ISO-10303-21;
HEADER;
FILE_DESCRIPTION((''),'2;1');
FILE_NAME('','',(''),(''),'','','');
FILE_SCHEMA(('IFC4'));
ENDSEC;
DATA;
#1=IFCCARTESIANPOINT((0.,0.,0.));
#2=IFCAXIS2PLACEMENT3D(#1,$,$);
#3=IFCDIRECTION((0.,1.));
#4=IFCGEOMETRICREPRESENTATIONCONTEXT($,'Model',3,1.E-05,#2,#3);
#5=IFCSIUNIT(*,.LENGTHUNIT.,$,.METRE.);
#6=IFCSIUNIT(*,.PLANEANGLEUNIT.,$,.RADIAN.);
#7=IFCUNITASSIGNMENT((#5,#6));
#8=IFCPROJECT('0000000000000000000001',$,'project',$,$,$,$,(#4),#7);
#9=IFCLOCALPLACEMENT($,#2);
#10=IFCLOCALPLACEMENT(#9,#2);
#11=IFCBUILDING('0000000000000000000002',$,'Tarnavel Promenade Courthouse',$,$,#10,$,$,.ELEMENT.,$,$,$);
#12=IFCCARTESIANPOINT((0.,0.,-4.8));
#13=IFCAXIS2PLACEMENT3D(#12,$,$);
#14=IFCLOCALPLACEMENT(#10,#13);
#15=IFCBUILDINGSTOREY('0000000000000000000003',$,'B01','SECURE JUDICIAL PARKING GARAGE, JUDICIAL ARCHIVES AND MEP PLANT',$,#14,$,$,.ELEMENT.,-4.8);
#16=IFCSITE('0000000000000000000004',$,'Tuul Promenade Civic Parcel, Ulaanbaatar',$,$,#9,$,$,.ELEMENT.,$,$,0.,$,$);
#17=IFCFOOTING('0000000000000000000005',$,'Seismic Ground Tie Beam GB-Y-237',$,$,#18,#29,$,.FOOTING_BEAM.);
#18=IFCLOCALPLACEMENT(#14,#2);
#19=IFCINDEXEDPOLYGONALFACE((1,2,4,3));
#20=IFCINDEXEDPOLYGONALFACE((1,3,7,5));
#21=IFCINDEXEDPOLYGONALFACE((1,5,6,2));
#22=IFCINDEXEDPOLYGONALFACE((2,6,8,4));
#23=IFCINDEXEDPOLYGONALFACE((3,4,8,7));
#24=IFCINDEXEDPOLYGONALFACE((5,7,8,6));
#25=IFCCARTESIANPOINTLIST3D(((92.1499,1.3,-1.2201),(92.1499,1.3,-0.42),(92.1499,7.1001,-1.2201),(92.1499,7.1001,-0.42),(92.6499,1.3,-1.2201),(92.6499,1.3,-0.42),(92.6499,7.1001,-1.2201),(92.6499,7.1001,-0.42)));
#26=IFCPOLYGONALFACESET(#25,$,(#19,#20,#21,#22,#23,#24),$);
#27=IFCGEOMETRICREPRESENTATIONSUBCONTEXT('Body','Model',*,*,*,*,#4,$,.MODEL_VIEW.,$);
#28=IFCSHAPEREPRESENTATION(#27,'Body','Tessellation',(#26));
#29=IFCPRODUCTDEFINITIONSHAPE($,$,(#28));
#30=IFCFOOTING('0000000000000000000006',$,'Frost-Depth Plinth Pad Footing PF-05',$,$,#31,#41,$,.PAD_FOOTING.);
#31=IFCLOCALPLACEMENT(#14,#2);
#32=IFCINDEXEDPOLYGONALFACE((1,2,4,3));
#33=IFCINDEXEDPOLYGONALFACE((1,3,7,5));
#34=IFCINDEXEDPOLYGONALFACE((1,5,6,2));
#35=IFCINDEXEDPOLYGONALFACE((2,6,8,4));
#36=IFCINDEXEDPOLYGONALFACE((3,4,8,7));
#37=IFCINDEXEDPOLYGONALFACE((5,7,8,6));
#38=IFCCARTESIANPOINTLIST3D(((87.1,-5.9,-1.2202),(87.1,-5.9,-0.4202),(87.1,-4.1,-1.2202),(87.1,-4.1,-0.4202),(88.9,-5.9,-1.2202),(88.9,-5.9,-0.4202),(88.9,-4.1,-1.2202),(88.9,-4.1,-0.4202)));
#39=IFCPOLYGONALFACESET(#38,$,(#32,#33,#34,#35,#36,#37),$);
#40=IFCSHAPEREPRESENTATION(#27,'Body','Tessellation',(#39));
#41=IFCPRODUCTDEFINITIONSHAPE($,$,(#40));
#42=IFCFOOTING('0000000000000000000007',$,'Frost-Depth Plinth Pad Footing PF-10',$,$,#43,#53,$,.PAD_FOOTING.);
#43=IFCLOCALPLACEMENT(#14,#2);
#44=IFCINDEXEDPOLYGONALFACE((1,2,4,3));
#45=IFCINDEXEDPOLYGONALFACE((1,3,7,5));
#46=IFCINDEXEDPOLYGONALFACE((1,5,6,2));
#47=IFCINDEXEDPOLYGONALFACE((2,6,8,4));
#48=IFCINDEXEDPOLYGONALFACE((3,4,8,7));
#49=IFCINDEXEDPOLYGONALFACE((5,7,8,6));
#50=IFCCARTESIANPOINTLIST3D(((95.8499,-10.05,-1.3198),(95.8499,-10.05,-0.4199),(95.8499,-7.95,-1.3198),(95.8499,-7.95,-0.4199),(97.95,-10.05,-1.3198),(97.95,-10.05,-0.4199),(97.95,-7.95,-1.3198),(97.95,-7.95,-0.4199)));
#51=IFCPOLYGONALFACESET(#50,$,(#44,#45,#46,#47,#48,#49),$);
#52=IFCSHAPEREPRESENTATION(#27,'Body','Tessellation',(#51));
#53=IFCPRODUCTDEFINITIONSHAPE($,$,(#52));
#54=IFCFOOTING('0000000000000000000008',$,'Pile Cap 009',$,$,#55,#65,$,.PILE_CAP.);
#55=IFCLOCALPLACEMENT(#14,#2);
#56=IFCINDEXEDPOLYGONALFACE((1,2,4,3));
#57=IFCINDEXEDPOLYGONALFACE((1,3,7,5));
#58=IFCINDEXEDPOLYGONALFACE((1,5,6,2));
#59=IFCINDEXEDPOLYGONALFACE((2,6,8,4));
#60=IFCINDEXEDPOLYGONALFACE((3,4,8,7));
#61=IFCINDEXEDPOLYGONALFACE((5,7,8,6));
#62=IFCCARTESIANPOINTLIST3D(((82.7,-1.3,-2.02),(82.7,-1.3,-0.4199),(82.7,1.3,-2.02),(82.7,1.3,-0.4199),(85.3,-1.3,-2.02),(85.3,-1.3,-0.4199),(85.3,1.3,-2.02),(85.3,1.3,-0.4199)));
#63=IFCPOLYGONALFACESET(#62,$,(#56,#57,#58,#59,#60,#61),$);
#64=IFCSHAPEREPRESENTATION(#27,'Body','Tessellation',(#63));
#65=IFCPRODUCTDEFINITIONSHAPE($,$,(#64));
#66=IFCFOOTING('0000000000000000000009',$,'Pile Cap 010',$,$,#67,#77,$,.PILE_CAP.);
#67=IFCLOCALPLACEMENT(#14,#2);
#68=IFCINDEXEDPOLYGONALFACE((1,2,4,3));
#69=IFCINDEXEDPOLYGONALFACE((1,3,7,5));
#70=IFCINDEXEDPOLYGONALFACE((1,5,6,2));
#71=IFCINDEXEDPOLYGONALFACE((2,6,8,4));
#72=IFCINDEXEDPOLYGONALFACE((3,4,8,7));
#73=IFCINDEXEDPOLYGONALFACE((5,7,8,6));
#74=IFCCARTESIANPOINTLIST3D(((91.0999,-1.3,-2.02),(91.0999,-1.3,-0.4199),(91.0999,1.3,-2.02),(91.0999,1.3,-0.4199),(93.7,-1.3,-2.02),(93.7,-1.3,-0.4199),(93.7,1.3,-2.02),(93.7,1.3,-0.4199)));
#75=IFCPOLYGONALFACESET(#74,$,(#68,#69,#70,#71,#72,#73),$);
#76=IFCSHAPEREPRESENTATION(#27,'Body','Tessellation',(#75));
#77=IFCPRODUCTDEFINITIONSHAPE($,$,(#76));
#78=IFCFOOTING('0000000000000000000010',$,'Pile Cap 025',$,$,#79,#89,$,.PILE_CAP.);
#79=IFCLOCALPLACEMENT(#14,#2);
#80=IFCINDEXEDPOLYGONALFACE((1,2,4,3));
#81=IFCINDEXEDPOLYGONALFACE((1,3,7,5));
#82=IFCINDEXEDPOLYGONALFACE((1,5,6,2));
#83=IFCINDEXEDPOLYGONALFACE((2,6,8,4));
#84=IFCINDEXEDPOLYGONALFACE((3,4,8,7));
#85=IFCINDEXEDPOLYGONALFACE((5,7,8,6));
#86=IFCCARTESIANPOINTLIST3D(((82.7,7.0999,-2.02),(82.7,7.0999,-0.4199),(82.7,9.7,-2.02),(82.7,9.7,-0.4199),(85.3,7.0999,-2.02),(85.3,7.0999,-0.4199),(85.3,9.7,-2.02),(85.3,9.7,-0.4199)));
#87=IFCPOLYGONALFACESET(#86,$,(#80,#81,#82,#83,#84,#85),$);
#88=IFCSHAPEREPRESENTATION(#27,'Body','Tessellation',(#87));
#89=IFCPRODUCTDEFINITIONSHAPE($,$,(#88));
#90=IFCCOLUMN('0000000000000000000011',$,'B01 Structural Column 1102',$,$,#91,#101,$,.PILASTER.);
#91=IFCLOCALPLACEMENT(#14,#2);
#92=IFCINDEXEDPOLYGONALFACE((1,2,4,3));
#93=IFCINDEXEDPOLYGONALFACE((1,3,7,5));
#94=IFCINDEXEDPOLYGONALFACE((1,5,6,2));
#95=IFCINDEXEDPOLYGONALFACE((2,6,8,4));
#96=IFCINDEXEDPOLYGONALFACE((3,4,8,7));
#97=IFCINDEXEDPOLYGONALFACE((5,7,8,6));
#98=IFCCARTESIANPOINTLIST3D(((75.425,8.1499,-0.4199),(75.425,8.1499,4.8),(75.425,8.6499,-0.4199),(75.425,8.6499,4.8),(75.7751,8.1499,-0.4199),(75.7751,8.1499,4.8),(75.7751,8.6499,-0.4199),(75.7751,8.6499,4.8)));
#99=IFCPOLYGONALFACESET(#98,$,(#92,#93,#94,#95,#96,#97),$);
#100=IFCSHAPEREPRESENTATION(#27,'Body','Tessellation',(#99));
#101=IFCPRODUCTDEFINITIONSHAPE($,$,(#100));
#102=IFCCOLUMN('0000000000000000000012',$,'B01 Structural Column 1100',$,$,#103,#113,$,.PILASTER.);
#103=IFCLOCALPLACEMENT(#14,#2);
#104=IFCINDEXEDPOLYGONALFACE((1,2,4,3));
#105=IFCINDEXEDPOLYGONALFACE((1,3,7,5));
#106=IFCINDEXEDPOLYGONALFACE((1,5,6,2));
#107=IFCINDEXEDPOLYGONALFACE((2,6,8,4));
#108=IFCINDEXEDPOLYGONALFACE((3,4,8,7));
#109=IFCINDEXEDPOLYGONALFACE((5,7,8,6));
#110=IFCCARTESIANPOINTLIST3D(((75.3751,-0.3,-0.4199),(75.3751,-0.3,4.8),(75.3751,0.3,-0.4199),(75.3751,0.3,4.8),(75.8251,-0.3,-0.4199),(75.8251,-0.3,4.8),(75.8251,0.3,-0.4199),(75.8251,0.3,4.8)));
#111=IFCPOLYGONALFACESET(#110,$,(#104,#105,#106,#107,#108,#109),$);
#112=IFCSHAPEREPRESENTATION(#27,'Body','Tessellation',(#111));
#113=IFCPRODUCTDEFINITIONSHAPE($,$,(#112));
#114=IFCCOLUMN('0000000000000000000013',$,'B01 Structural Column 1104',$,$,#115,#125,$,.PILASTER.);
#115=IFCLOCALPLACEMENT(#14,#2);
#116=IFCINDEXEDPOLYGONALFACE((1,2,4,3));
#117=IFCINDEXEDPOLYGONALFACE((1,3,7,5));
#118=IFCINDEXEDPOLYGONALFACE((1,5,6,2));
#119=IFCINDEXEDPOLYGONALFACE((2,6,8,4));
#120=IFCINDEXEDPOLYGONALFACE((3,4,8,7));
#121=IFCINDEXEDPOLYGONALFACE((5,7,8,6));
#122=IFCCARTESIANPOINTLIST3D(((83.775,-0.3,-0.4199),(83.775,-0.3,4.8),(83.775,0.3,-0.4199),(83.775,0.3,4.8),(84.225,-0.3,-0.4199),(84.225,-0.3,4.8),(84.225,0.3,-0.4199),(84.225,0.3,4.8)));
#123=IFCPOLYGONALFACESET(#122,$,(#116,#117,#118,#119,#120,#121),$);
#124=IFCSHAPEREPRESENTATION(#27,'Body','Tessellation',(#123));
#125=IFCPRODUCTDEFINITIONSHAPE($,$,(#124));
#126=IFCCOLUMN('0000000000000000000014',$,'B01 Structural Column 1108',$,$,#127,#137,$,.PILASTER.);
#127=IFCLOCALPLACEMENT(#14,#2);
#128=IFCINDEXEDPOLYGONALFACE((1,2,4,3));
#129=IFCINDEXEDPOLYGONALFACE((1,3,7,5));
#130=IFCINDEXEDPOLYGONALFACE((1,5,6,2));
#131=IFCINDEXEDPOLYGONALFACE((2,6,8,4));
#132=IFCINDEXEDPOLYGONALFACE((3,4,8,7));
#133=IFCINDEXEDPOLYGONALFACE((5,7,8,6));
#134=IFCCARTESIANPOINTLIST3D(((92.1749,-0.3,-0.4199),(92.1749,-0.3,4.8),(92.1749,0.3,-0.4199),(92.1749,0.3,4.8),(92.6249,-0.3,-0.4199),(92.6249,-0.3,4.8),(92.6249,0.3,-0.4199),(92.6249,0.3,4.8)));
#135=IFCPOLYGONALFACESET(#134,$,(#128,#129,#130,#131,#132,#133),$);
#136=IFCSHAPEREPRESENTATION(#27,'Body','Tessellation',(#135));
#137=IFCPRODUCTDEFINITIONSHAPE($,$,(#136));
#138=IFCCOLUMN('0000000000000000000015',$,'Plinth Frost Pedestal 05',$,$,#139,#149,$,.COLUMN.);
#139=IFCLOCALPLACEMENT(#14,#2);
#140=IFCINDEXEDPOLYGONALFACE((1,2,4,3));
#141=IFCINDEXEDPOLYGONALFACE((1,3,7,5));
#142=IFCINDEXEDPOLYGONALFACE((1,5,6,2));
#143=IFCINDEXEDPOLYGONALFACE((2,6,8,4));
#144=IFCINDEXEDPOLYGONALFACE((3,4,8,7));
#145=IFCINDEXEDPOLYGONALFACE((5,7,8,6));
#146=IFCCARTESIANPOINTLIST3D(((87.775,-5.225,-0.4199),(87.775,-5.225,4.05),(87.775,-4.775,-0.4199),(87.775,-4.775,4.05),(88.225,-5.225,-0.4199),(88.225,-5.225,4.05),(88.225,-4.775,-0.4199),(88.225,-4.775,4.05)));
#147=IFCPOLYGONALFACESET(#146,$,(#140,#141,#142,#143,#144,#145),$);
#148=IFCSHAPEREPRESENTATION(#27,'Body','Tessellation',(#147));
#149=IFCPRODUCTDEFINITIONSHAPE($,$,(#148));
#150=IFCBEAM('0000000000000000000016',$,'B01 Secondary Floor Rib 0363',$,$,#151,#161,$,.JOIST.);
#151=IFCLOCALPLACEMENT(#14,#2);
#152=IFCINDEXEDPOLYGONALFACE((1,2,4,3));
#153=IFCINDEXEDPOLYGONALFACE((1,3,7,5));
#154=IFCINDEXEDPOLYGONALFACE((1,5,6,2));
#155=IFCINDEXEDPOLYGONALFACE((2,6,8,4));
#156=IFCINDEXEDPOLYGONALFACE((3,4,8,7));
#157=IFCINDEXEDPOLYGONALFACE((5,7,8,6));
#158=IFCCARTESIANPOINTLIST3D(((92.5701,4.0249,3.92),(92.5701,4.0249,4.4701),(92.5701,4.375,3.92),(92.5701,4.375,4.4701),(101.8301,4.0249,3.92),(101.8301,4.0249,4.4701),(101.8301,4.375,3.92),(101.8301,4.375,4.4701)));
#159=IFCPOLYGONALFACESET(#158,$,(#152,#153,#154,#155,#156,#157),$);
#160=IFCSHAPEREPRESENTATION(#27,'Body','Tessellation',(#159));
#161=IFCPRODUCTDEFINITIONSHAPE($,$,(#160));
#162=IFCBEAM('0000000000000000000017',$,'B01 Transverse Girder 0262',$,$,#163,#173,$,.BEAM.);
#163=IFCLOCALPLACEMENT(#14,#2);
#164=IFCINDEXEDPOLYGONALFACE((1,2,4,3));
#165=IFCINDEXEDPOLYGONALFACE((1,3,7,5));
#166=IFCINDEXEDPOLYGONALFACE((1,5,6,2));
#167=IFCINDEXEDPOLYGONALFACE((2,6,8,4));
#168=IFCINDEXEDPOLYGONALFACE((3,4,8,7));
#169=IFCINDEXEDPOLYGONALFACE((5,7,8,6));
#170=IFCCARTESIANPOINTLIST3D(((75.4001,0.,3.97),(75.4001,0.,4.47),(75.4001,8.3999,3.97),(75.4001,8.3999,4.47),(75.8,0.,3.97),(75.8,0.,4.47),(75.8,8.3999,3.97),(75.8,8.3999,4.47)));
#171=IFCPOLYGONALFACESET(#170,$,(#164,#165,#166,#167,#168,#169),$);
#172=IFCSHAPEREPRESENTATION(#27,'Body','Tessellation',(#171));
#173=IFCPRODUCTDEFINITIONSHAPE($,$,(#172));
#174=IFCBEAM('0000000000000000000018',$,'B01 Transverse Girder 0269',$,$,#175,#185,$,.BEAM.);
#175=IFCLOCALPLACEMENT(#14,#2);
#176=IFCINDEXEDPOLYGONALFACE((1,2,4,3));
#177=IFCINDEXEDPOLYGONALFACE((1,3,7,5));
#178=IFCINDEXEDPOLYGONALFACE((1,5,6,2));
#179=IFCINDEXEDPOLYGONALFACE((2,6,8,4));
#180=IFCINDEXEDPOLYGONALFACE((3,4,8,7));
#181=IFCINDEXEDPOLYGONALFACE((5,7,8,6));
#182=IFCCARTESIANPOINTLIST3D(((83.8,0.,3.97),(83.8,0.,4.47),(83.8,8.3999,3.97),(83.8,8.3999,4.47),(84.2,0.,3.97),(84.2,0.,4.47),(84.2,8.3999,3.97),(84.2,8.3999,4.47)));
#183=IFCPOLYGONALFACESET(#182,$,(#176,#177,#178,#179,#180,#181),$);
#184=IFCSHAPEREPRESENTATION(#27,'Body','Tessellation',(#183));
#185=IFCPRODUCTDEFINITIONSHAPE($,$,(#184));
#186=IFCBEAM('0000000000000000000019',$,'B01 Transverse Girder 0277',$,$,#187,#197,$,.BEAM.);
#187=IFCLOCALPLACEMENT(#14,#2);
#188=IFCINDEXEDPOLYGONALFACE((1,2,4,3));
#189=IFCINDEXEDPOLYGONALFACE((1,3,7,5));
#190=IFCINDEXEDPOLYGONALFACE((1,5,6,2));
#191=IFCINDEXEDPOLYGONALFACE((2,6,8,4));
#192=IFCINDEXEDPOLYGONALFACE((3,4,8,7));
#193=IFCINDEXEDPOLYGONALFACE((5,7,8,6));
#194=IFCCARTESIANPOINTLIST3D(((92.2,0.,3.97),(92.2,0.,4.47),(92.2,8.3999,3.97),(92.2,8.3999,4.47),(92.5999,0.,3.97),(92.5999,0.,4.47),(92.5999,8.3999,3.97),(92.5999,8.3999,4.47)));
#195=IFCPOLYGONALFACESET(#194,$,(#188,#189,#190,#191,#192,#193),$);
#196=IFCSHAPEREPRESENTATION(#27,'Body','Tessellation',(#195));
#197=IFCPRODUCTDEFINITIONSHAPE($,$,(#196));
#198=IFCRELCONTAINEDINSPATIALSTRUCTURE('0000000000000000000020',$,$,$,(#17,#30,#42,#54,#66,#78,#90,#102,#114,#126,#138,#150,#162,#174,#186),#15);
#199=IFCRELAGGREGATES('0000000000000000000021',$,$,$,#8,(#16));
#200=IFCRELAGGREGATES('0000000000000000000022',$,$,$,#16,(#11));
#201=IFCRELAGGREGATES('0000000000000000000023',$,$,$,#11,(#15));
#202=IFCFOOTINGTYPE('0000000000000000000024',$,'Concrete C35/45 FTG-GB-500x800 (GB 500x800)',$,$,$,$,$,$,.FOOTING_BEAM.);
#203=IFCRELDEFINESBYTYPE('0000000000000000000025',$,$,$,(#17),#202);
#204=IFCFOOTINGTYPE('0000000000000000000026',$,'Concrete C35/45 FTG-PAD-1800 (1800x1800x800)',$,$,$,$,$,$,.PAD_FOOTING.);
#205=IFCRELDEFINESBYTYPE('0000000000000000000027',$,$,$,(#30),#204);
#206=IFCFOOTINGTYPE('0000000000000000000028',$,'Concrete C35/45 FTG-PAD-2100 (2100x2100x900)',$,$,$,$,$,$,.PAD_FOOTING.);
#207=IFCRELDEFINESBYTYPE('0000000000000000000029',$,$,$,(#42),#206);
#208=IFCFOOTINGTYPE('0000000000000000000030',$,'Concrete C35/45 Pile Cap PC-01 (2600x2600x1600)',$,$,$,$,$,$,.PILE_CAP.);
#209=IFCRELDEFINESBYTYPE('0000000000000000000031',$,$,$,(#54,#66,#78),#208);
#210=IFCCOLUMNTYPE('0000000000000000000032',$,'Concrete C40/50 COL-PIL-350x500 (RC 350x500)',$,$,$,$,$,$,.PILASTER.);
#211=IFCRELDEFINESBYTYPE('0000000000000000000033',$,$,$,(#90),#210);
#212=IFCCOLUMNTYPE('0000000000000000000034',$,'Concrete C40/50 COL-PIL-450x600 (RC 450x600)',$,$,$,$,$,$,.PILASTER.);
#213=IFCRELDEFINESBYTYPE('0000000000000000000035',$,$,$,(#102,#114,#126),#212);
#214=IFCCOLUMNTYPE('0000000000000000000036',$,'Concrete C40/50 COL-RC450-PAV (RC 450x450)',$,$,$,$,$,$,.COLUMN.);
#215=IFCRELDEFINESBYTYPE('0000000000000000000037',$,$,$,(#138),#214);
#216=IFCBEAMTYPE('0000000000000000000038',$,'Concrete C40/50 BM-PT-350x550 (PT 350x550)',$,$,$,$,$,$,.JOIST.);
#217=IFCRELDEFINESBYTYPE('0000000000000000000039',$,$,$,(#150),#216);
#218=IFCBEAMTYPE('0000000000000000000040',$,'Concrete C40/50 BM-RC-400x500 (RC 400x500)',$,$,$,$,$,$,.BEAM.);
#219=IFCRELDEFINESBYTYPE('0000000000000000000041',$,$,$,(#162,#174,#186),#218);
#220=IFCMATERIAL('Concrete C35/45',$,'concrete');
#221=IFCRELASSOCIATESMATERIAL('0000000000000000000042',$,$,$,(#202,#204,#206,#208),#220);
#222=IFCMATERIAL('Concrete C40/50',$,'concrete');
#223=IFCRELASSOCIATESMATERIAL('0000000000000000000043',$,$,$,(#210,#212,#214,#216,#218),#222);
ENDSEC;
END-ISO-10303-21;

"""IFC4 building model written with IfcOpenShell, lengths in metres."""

from ifc_helpers import new_model, si_unit, direction, frame, origin, origin_2d, place, context, subcontext, project, spatial, rectangle, extrude, material, material_profile, profile_set, type_object, element, save


model = new_model("IFC4")

# Units and contexts
model_context = context("Model", 3, precision=1e-05, world=origin(), true_north=direction((0.0, 1.0)))
body_context = subcontext(model_context, "Body", "Model", "MODEL_VIEW")
ifc_project = project(units=[si_unit("LENGTHUNIT", "METRE"), si_unit("PLANEANGLEUNIT", "RADIAN")], contexts=[model_context])

# Site, building, storey
site_placement = place(None, origin())
site = spatial("IfcSite", under=ifc_project, at=site_placement, Name="Tuul Promenade Civic Parcel, Ulaanbaatar", CompositionType="ELEMENT", RefElevation=0.0)
building_placement = place(site_placement, origin())
building = spatial("IfcBuilding", under=site, at=building_placement, Name="Tarnavel Promenade Courthouse", CompositionType="ELEMENT")
storey_placement = place(building_placement, frame((0.0, 0.0, -4.8)))
storey = spatial("IfcBuildingStorey", under=building, at=storey_placement, Name="B01", Description="SECURE JUDICIAL PARKING GARAGE, JUDICIAL ARCHIVES AND MEP PLANT", CompositionType="ELEMENT", Elevation=-4.8)

# Footings
ifc_material_1 = material(Name="Concrete C35/45", Category="concrete")
ifc_material_profile_1 = material_profile(ifc_material_1, rectangle(XDim=0.5, YDim=0.8, at=origin_2d()), Name="GB 500x800")
ifc_profile_set_1 = profile_set([ifc_material_profile_1], Name="Concrete C35/45")
footing_type_1 = type_object("IfcFootingType", Name="Concrete C35/45 FTG-GB-500x800 (GB 500x800)", PredefinedType="FOOTING_BEAM", material=ifc_profile_set_1)
for number, where, z_axis, x_axis, name in (
    (1, (92.3999, 1.3, -0.8201), (0.0, 1.0, 0.0), (-1.0, 0.0, 0.0), "Seismic Ground Tie Beam GB-Y-237"),
):
    element("IfcFooting", number, at=place(storey_placement, frame(where, z_axis=z_axis, x_axis=x_axis)), inside=storey, type_object=footing_type_1, Name=name, PredefinedType="FOOTING_BEAM", context=body_context, shape_type="SweptSolid", body=[
        extrude(rectangle(XDim=0.5, YDim=0.8, at=origin_2d()), origin(), (0.0, 0.0, 1.0), 5.8),
    ])
footing_type_2 = type_object("IfcFootingType", Name="Concrete C35/45 FTG-PAD-1800 (1800x1800x800)", PredefinedType="PAD_FOOTING", material=ifc_material_1)
footing_1_placement = place(storey_placement, frame((88.0, -5.0, -1.2202), z_axis=(0.0, 0.0, 1.0), x_axis=(1.0, 0.0, 0.0)))
element("IfcFooting", 2, at=footing_1_placement, inside=storey, type_object=footing_type_2, Name="Frost-Depth Plinth Pad Footing PF-05", PredefinedType="PAD_FOOTING", context=body_context, shape_type="SweptSolid", body=[
    extrude(rectangle(XDim=1.8, YDim=1.8, at=origin_2d()), origin(), (0.0, 0.0, 1.0), 0.8),
])
footing_type_3 = type_object("IfcFootingType", Name="Concrete C35/45 FTG-PAD-2100 (2100x2100x900)", PredefinedType="PAD_FOOTING", material=ifc_material_1)
footing_2_placement = place(storey_placement, frame((96.8999, -9.0, -1.3198), z_axis=(0.0, 0.0, 1.0), x_axis=(1.0, 0.0, 0.0)))
element("IfcFooting", 3, at=footing_2_placement, inside=storey, type_object=footing_type_3, Name="Frost-Depth Plinth Pad Footing PF-10", PredefinedType="PAD_FOOTING", context=body_context, shape_type="SweptSolid", body=[
    extrude(rectangle(XDim=2.1001, YDim=2.1001, at=origin_2d()), origin(), (0.0, 0.0, 1.0), 0.8999),
])
footing_type_4 = type_object("IfcFootingType", Name="Concrete C35/45 Pile Cap PC-01 (2600x2600x1600)", PredefinedType="PILE_CAP", material=ifc_material_1)
for number, where, z_axis, x_axis, name in (
    (4, (84.0, 0.0, -2.02), (0.0, 0.0, 1.0), (1.0, 0.0, 0.0), "Pile Cap 009"),
    (5, (92.3999, 0.0, -2.02), (0.0, 0.0, 1.0), (1.0, 0.0, 0.0), "Pile Cap 010"),
    (6, (84.0, 8.3999, -2.02), (0.0, 0.0, 1.0), (1.0, 0.0, 0.0), "Pile Cap 025"),
):
    element("IfcFooting", number, at=place(storey_placement, frame(where, z_axis=z_axis, x_axis=x_axis)), inside=storey, type_object=footing_type_4, Name=name, PredefinedType="PILE_CAP", context=body_context, shape_type="SweptSolid", body=[
        extrude(rectangle(XDim=2.6001, YDim=2.6001, at=origin_2d()), origin(), (0.0, 0.0, 1.0), 1.6001),
    ])

# Columns
ifc_material_2 = material(Name="Concrete C40/50", Category="concrete")
ifc_material_profile_2 = material_profile(ifc_material_2, rectangle(XDim=0.3501, YDim=0.5, at=origin_2d()), Name="RC 350x500")
ifc_profile_set_2 = profile_set([ifc_material_profile_2], Name="Concrete C40/50")
column_type_1 = type_object("IfcColumnType", Name="Concrete C40/50 COL-PIL-350x500 (RC 350x500)", PredefinedType="PILASTER", material=ifc_profile_set_2)
column_1_placement = place(storey_placement, frame((75.6001, 8.3999, -0.4199), z_axis=(0.0, 0.0, 1.0), x_axis=(1.0, 0.0, 0.0)))
element("IfcColumn", 7, at=column_1_placement, inside=storey, type_object=column_type_1, Name="B01 Structural Column 1102", PredefinedType="PILASTER", context=body_context, shape_type="SweptSolid", body=[
    extrude(rectangle(XDim=0.3501, YDim=0.5, at=origin_2d()), origin(), (0.0, 0.0, 1.0), 5.22),
])
ifc_material_profile_3 = material_profile(ifc_material_2, rectangle(XDim=0.45, YDim=0.6001, at=origin_2d()), Name="RC 450x600")
ifc_profile_set_3 = profile_set([ifc_material_profile_3], Name="Concrete C40/50")
column_type_2 = type_object("IfcColumnType", Name="Concrete C40/50 COL-PIL-450x600 (RC 450x600)", PredefinedType="PILASTER", material=ifc_profile_set_3)
for number, where, z_axis, x_axis, name in (
    (8, (75.6001, 0.0, -0.4199), (0.0, 0.0, 1.0), (1.0, 0.0, 0.0), "B01 Structural Column 1100"),
    (9, (84.0, 0.0, -0.4199), (0.0, 0.0, 1.0), (1.0, 0.0, 0.0), "B01 Structural Column 1104"),
    (10, (92.3999, 0.0, -0.4199), (0.0, 0.0, 1.0), (1.0, 0.0, 0.0), "B01 Structural Column 1108"),
):
    element("IfcColumn", number, at=place(storey_placement, frame(where, z_axis=z_axis, x_axis=x_axis)), inside=storey, type_object=column_type_2, Name=name, PredefinedType="PILASTER", context=body_context, shape_type="SweptSolid", body=[
        extrude(rectangle(XDim=0.45, YDim=0.6001, at=origin_2d()), origin(), (0.0, 0.0, 1.0), 5.22),
    ])
ifc_material_profile_4 = material_profile(ifc_material_2, rectangle(XDim=0.45, YDim=0.45, at=origin_2d()), Name="RC 450x450")
ifc_profile_set_4 = profile_set([ifc_material_profile_4], Name="Concrete C40/50")
column_type_3 = type_object("IfcColumnType", Name="Concrete C40/50 COL-RC450-PAV (RC 450x450)", PredefinedType="COLUMN", material=ifc_profile_set_4)
column_2_placement = place(storey_placement, frame((88.0, -5.0, -0.4199), z_axis=(0.0, 0.0, 1.0), x_axis=(1.0, 0.0, 0.0)))
element("IfcColumn", 11, at=column_2_placement, inside=storey, type_object=column_type_3, Name="Plinth Frost Pedestal 05", PredefinedType="COLUMN", context=body_context, shape_type="SweptSolid", body=[
    extrude(rectangle(XDim=0.45, YDim=0.45, at=origin_2d()), origin(), (0.0, 0.0, 1.0), 4.47),
])

# Beams
ifc_material_profile_5 = material_profile(ifc_material_2, rectangle(XDim=0.3501, YDim=0.55, at=origin_2d()), Name="PT 350x550")
ifc_profile_set_5 = profile_set([ifc_material_profile_5], Name="Concrete C40/50")
beam_type_1 = type_object("IfcBeamType", Name="Concrete C40/50 BM-PT-350x550 (PT 350x550)", PredefinedType="JOIST", material=ifc_profile_set_5)
beam_1_placement = place(storey_placement, frame((92.5701, 4.2, 4.1951), z_axis=(1.0, 0.0, 0.0), x_axis=(0.0, 1.0, 0.0)))
element("IfcBeam", 12, at=beam_1_placement, inside=storey, type_object=beam_type_1, Name="B01 Secondary Floor Rib 0363", PredefinedType="JOIST", context=body_context, shape_type="SweptSolid", body=[
    extrude(rectangle(XDim=0.3501, YDim=0.55, at=origin_2d()), origin(), (0.0, 0.0, 1.0), 9.26),
])
ifc_material_profile_6 = material_profile(ifc_material_2, rectangle(XDim=0.3999, YDim=0.5, at=origin_2d()), Name="RC 400x500")
ifc_profile_set_6 = profile_set([ifc_material_profile_6], Name="Concrete C40/50")
beam_type_2 = type_object("IfcBeamType", Name="Concrete C40/50 BM-RC-400x500 (RC 400x500)", PredefinedType="BEAM", material=ifc_profile_set_6)
for number, where, z_axis, x_axis, name in (
    (13, (75.6001, 0.0, 4.22), (0.0, 1.0, 0.0), (-1.0, 0.0, 0.0), "B01 Transverse Girder 0262"),
    (14, (84.0, 0.0, 4.22), (0.0, 1.0, 0.0), (-1.0, 0.0, 0.0), "B01 Transverse Girder 0269"),
    (15, (92.3999, 0.0, 4.22), (0.0, 1.0, 0.0), (-1.0, 0.0, 0.0), "B01 Transverse Girder 0277"),
):
    element("IfcBeam", number, at=place(storey_placement, frame(where, z_axis=z_axis, x_axis=x_axis)), inside=storey, type_object=beam_type_2, Name=name, PredefinedType="BEAM", context=body_context, shape_type="SweptSolid", body=[
        extrude(rectangle(XDim=0.3999, YDim=0.5, at=origin_2d()), origin(), (0.0, 0.0, 1.0), 8.3999),
    ])

save(model, "model.ifc")
